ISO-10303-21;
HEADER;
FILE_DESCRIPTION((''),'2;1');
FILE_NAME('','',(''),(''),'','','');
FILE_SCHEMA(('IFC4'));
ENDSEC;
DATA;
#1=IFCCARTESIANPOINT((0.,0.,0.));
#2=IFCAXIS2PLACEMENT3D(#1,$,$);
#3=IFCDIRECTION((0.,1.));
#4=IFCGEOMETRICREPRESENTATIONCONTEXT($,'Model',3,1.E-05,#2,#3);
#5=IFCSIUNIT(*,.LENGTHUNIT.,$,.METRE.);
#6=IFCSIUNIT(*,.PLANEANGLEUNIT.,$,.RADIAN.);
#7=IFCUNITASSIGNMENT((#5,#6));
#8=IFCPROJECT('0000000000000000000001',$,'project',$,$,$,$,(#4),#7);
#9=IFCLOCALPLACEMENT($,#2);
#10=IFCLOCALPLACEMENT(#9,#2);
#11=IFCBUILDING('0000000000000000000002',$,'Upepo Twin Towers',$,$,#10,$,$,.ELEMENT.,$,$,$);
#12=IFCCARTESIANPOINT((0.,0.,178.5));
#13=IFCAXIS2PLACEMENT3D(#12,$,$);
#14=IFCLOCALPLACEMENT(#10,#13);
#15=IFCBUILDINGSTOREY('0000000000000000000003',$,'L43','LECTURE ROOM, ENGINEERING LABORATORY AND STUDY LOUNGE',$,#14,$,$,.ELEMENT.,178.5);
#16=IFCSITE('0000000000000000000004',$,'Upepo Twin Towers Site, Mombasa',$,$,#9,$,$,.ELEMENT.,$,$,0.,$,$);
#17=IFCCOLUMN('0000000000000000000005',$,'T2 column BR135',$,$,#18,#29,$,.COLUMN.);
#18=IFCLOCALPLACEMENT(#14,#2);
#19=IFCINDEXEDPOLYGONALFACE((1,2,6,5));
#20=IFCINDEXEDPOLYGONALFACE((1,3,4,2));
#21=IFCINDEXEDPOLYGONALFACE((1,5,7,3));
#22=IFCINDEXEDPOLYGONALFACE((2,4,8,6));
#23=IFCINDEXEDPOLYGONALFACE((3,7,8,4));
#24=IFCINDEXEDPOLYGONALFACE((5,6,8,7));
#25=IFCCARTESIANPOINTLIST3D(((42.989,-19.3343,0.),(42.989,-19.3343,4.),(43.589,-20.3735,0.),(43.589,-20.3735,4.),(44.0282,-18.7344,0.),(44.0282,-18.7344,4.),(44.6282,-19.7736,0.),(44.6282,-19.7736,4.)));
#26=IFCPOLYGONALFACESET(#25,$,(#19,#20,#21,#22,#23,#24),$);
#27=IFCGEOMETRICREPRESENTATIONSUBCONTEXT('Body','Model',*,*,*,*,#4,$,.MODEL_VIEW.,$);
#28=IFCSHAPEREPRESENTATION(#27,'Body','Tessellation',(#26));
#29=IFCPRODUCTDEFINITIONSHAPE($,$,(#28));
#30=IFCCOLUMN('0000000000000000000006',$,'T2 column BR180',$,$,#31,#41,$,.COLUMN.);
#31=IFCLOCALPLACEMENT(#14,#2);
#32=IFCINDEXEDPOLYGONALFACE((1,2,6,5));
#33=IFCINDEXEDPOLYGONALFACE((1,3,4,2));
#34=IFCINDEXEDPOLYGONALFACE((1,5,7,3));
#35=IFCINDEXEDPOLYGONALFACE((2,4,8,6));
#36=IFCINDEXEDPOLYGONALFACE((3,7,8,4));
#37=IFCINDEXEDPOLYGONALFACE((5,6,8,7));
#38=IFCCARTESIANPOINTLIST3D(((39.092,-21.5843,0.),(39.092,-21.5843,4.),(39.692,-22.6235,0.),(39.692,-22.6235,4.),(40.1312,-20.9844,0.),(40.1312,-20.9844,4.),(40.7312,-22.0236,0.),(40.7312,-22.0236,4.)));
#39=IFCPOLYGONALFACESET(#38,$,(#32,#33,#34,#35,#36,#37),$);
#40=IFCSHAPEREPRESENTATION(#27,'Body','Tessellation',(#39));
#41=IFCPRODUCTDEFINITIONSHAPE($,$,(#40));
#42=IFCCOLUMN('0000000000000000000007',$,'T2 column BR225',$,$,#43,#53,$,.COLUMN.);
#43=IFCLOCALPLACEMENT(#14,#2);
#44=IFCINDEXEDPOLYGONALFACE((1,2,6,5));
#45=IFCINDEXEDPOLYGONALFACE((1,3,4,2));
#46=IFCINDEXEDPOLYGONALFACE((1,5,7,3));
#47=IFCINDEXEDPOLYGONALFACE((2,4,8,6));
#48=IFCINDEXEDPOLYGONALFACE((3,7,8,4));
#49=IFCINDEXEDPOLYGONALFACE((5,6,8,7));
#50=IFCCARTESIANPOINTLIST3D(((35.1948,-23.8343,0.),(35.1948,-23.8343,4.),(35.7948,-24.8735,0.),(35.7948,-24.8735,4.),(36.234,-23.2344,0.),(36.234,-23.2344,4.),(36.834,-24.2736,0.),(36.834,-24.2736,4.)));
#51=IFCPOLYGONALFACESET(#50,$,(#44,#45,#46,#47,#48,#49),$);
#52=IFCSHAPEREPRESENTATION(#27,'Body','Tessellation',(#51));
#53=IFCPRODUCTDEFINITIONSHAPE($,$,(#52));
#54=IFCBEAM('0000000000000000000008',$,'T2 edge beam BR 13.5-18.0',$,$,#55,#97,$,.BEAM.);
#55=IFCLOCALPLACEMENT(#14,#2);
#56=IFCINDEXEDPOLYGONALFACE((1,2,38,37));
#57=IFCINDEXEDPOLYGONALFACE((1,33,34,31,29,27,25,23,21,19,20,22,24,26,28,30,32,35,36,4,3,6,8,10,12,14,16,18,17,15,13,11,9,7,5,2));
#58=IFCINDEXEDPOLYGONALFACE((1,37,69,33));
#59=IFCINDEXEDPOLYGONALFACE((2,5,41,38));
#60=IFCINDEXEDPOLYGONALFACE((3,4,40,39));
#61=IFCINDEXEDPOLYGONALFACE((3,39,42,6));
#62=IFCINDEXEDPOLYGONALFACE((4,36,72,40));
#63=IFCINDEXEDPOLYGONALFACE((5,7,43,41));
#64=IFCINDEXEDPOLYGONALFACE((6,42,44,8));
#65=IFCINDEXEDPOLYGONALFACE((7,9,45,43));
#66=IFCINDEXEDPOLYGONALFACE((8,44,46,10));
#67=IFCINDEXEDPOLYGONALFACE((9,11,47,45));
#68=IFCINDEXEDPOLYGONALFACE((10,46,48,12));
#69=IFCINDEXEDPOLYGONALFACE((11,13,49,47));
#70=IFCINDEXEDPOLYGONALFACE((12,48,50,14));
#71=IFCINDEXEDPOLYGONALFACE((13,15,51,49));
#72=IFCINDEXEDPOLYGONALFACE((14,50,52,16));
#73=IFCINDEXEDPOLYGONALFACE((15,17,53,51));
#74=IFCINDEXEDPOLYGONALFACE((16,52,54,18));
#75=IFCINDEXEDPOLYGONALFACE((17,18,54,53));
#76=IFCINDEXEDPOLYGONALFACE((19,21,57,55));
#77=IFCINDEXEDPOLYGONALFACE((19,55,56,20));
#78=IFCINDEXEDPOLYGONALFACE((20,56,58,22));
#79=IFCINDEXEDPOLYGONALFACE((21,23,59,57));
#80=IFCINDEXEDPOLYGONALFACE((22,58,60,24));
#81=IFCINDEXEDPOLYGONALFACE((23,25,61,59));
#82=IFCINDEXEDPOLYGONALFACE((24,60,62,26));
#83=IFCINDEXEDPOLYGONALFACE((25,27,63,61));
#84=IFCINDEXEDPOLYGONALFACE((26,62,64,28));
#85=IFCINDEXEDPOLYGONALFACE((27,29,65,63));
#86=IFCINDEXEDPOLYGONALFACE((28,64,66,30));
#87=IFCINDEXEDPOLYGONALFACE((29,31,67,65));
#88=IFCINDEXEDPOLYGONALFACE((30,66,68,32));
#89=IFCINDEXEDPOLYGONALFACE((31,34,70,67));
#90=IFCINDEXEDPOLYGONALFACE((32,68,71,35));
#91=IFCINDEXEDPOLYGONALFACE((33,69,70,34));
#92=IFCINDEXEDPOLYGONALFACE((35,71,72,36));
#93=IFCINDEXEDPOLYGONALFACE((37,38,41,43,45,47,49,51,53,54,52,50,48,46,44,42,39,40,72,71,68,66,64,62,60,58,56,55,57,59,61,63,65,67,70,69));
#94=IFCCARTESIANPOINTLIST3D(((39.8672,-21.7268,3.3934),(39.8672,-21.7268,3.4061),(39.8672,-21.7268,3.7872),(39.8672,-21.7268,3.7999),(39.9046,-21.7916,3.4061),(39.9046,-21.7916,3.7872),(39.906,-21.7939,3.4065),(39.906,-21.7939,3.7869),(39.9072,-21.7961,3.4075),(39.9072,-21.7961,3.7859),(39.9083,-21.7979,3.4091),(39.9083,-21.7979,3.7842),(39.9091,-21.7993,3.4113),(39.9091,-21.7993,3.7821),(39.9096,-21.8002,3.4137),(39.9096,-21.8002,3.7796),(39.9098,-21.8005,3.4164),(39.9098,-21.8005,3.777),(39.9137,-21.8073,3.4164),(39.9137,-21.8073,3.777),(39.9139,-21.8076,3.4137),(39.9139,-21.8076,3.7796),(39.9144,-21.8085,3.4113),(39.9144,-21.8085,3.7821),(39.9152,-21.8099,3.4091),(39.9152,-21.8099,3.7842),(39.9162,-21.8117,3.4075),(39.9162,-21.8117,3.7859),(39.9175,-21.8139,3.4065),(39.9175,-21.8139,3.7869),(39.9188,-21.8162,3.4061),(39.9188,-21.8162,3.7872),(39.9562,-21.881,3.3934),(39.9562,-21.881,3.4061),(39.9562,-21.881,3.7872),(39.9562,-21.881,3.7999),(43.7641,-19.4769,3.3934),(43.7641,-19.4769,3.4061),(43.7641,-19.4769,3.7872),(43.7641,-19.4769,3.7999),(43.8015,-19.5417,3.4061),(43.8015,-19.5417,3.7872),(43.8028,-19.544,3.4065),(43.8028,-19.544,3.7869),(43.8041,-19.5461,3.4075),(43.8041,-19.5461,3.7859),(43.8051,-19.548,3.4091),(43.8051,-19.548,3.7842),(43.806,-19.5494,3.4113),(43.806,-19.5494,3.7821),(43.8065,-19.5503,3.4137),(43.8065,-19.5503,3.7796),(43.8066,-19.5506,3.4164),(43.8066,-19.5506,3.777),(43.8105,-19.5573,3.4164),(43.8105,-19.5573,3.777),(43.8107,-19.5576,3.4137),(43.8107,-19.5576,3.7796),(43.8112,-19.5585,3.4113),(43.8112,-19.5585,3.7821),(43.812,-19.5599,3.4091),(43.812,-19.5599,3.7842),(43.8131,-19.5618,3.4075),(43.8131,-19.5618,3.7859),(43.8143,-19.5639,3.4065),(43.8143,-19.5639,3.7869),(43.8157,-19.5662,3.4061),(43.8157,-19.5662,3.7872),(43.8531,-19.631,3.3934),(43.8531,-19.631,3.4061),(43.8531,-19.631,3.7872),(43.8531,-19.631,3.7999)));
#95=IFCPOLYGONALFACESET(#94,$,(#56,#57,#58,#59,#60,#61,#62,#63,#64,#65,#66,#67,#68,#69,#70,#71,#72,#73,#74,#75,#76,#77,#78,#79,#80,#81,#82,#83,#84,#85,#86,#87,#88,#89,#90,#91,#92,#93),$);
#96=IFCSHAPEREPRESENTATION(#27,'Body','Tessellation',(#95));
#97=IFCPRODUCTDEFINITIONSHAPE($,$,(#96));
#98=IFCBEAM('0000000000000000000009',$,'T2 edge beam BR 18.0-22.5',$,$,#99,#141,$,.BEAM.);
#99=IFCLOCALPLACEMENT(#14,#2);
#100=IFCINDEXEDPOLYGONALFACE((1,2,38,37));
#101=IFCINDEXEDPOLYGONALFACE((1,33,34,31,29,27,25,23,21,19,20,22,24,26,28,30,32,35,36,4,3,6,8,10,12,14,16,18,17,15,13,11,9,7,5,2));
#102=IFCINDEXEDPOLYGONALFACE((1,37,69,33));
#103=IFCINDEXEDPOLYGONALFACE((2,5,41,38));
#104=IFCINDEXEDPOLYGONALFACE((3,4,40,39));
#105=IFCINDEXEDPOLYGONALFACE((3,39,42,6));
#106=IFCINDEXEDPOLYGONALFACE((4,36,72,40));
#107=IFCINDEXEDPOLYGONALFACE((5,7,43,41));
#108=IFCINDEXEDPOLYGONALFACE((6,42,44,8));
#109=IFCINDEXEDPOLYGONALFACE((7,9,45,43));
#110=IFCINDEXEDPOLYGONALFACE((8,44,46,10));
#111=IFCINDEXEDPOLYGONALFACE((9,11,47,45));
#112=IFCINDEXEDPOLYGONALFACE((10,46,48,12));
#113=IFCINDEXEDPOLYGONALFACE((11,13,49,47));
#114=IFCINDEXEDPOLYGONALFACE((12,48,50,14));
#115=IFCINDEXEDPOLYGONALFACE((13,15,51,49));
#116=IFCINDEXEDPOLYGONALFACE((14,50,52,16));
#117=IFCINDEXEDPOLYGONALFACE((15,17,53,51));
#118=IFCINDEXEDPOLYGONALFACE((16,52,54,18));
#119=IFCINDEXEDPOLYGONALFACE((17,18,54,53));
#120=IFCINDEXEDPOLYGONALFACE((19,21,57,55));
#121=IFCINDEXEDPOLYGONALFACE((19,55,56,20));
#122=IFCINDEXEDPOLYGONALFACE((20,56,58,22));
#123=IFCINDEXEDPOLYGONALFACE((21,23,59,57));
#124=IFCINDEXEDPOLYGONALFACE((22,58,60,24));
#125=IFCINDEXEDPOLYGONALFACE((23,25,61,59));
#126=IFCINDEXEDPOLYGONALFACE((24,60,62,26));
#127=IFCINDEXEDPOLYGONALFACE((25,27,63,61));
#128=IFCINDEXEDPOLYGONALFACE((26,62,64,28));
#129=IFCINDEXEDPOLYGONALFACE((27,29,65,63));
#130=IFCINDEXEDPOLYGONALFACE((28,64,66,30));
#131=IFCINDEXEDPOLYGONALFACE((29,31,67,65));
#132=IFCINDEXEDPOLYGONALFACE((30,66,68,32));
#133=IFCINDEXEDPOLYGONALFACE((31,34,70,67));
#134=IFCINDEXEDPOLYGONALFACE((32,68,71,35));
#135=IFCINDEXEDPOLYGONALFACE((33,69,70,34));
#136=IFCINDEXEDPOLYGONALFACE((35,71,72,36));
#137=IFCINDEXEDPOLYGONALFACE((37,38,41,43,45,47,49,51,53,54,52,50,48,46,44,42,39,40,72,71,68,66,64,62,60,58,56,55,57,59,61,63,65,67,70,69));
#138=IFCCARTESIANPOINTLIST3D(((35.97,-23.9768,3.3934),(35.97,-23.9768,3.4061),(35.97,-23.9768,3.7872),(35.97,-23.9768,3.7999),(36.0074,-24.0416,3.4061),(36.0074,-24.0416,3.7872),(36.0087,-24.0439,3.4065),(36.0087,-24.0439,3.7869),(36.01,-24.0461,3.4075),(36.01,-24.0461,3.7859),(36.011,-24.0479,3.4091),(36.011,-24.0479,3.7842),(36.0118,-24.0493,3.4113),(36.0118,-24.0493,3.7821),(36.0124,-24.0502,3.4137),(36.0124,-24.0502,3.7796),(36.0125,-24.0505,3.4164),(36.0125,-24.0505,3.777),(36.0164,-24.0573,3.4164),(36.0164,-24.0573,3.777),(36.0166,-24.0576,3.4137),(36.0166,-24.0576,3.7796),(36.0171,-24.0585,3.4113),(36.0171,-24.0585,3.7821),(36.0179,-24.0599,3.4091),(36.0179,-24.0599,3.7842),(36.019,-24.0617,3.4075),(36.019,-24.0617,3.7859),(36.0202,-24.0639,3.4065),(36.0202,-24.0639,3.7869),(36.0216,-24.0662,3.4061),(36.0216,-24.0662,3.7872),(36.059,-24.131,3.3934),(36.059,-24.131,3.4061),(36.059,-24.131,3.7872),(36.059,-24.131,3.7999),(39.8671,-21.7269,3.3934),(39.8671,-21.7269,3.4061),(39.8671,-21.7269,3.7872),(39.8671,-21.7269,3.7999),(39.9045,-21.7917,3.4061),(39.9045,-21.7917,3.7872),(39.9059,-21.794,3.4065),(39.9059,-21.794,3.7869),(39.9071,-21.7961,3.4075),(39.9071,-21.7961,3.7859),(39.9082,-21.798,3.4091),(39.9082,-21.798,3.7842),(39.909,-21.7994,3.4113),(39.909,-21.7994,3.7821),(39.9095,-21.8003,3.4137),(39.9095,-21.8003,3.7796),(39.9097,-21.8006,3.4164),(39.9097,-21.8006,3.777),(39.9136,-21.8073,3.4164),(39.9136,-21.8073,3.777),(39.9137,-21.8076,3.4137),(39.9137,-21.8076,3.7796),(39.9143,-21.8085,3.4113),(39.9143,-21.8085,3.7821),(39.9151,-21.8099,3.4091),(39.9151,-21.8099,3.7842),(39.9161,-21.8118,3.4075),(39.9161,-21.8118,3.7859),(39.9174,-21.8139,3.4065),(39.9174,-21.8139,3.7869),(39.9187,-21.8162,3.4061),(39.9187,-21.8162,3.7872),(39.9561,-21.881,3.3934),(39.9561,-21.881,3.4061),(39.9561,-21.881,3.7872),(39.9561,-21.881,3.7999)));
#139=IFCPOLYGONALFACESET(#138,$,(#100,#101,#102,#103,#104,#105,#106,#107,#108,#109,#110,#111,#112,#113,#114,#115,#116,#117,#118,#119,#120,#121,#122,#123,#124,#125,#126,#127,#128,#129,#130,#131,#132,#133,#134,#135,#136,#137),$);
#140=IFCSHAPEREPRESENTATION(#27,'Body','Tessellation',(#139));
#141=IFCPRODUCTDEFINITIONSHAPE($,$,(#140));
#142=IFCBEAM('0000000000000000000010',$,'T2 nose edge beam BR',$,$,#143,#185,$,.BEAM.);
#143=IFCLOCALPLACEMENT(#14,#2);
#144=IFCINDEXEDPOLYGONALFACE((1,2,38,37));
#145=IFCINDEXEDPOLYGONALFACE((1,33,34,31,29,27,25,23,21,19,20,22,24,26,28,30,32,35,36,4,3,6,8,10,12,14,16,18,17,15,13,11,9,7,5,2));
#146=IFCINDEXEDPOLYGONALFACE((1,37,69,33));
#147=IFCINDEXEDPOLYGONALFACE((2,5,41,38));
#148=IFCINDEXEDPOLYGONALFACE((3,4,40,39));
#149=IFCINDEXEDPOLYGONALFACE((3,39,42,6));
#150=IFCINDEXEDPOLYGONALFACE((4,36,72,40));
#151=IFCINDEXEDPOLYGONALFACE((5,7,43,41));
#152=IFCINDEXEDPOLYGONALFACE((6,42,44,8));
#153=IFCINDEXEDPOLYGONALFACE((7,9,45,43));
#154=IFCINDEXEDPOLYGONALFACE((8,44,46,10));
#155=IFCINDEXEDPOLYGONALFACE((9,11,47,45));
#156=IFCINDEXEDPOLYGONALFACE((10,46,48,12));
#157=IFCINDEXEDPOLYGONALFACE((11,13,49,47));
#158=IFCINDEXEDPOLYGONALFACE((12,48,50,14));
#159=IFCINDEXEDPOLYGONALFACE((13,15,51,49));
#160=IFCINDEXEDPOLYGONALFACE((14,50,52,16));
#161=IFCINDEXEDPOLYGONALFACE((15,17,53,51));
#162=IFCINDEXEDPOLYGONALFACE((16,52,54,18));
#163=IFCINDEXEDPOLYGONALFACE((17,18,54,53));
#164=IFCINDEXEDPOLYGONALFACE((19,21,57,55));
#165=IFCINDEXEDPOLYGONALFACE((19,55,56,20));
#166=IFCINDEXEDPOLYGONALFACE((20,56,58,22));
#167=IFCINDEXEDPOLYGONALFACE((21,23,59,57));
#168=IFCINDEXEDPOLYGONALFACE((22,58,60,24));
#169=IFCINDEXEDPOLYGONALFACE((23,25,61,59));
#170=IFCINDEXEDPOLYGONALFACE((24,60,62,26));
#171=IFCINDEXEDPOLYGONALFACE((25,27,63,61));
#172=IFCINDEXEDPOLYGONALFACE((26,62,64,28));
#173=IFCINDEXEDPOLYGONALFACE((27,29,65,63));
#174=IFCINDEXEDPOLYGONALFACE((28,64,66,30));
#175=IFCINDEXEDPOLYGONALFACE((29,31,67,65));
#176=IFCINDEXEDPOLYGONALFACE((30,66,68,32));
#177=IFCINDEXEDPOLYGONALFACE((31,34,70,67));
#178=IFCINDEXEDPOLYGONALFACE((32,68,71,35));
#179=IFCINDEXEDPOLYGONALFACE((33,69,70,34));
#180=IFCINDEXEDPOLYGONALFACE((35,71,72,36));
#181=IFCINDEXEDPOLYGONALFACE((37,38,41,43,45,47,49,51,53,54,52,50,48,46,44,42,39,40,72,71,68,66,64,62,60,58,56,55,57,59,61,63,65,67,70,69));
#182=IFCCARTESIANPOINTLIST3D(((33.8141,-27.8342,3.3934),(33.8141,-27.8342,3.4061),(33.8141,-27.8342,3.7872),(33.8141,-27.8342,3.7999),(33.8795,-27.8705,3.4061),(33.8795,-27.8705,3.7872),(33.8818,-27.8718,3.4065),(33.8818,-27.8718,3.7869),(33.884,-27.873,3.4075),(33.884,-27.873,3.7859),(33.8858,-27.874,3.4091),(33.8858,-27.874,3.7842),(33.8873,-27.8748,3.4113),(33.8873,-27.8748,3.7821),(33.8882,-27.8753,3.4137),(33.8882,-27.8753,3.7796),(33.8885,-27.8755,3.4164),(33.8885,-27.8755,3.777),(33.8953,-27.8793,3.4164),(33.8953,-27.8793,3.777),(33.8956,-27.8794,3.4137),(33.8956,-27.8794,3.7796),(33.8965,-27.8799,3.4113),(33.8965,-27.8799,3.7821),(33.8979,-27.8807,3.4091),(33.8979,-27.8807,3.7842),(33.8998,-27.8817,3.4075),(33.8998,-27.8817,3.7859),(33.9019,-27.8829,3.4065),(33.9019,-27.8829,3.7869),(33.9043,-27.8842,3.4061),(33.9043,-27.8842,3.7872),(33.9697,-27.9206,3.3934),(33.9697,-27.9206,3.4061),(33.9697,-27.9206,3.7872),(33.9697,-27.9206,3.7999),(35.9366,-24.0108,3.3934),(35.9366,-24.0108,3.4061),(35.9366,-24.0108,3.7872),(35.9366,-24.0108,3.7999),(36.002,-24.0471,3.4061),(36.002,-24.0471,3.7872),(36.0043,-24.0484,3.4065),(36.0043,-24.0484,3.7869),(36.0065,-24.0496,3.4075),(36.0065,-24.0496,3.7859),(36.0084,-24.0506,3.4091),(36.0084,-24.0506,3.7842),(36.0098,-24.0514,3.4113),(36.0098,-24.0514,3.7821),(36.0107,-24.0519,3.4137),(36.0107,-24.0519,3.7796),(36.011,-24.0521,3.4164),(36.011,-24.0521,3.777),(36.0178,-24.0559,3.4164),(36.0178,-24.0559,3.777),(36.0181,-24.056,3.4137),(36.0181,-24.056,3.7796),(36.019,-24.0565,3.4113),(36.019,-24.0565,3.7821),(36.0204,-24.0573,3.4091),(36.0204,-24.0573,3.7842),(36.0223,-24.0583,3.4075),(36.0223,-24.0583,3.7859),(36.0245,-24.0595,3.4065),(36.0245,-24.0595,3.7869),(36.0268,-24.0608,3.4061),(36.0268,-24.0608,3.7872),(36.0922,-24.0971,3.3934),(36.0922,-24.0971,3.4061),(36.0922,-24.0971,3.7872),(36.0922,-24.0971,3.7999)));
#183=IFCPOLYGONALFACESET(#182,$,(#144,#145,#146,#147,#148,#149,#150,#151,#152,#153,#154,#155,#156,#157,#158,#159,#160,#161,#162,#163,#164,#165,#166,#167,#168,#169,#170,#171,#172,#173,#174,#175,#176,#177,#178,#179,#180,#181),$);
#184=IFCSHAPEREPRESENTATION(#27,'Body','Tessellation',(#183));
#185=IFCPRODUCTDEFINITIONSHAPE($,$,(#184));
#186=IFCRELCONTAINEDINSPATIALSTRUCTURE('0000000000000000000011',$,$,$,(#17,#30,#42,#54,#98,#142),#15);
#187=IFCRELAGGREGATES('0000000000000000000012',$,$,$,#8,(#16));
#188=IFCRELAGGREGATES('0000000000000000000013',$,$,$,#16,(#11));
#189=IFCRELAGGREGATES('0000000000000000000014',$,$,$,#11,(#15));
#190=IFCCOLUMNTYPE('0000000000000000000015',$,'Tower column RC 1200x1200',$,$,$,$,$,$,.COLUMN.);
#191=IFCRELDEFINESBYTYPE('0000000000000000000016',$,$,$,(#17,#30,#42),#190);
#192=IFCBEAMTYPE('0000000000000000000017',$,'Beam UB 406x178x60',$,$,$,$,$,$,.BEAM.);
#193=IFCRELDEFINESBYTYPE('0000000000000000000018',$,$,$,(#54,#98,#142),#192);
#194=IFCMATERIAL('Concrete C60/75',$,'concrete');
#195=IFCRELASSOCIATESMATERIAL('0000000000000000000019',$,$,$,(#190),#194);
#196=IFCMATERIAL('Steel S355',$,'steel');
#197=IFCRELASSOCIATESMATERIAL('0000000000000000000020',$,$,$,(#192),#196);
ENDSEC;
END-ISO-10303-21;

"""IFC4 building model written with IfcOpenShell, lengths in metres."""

from ifc_helpers import new_model, si_unit, direction, frame, origin, origin_2d, place, context, subcontext, project, spatial, rectangle, i_section, extrude, material, material_profile, profile_set, type_object, element, save


model = new_model("IFC4")

# Units and contexts
model_context = context("Model", 3, precision=1e-05, world=origin(), true_north=direction((0.0, 1.0)))
body_context = subcontext(model_context, "Body", "Model", "MODEL_VIEW")
ifc_project = project(units=[si_unit("LENGTHUNIT", "METRE"), si_unit("PLANEANGLEUNIT", "RADIAN")], contexts=[model_context])

# Site, building, storey
site_placement = place(None, origin())
site = spatial("IfcSite", under=ifc_project, at=site_placement, Name="Upepo Twin Towers Site, Mombasa", CompositionType="ELEMENT", RefElevation=0.0)
building_placement = place(site_placement, origin())
building = spatial("IfcBuilding", under=site, at=building_placement, Name="Upepo Twin Towers", CompositionType="ELEMENT")
storey_placement = place(building_placement, frame((0.0, 0.0, 178.5)))
storey = spatial("IfcBuildingStorey", under=building, at=storey_placement, Name="L43", Description="LECTURE ROOM, ENGINEERING LABORATORY AND STUDY LOUNGE", CompositionType="ELEMENT", Elevation=178.5)

# Columns
ifc_material_1 = material(Name="Concrete C60/75", Category="concrete")
ifc_material_profile_1 = material_profile(ifc_material_1, rectangle(XDim=1.2, YDim=1.2, at=origin_2d()), Name="RC 1200x1200")
ifc_profile_set_1 = profile_set([ifc_material_profile_1], Name="Concrete C60/75")
column_type = type_object("IfcColumnType", Name="Tower column RC 1200x1200", PredefinedType="COLUMN", material=ifc_profile_set_1)
for number, where, z_axis, x_axis, name in (
    (1, (43.8086, -19.554, 0.0), (0.0, 0.0, 1.0), (0.866025, 0.5, 0.0), "T2 column BR135"),
    (2, (39.9116, -21.804, 0.0), (0.0, 0.0, 1.0), (0.866025, 0.5, 0.0), "T2 column BR180"),
    (3, (36.0144, -24.054, 0.0), (0.0, 0.0, 1.0), (0.866025, 0.5, 0.0), "T2 column BR225"),
):
    element("IfcColumn", number, at=place(storey_placement, frame(where, z_axis=z_axis, x_axis=x_axis)), inside=storey, type_object=column_type, Name=name, PredefinedType="COLUMN", context=body_context, shape_type="SweptSolid", body=[
        extrude(rectangle(XDim=1.2, YDim=1.2, at=origin_2d()), origin(), (0.0, 0.0, 1.0), 4.0),
    ])

# Beams
ifc_material_2 = material(Name="Steel S355", Category="steel")
ifc_material_profile_2 = material_profile(ifc_material_2, i_section(OverallWidth=0.178, OverallDepth=0.4065, WebThickness=0.0078, FlangeThickness=0.0127, FilletRadius=0.0103, at=origin_2d()), Name="UB 406x178x60")
ifc_profile_set_2 = profile_set([ifc_material_profile_2], Name="Steel S355")
beam_type_1 = type_object("IfcBeamType", Name="Beam UB 406x178x60", PredefinedType="BEAM", material=ifc_profile_set_2)
beam_1_placement = place(storey_placement, frame((43.8086, -19.554, 3.5967), z_axis=(-0.866018, -0.500014, 0.0), x_axis=(0.500014, -0.866018, 0.0)))
element("IfcBeam", 4, at=beam_1_placement, inside=storey, type_object=beam_type_1, Name="T2 edge beam BR 13.5-18.0", PredefinedType="BEAM", context=body_context, shape_type="SweptSolid", body=[
    extrude(i_section(OverallWidth=0.178, OverallDepth=0.4065, WebThickness=0.0078, FlangeThickness=0.0127, FilletRadius=0.0103, at=origin_2d()), origin(), (0.0, 0.0, 1.0), 4.4998),
])
beam_2_placement = place(storey_placement, frame((39.9116, -21.804, 3.5967), z_axis=(-0.866031, -0.49999, 0.0), x_axis=(0.49999, -0.866031, 0.0)))
element("IfcBeam", 5, at=beam_2_placement, inside=storey, type_object=beam_type_1, Name="T2 edge beam BR 18.0-22.5", PredefinedType="BEAM", context=body_context, shape_type="SweptSolid", body=[
    extrude(i_section(OverallWidth=0.178, OverallDepth=0.4065, WebThickness=0.0078, FlangeThickness=0.0127, FilletRadius=0.0103, at=origin_2d()), origin(), (0.0, 0.0, 1.0), 4.5),
])
beam_3_placement = place(storey_placement, frame((36.0144, -24.054, 3.5967), z_axis=(-0.485363, -0.874313, 0.0), x_axis=(0.874313, -0.485363, 0.0)))
element("IfcBeam", 6, at=beam_3_placement, inside=storey, type_object=beam_type_1, Name="T2 nose edge beam BR", PredefinedType="BEAM", context=body_context, shape_type="SweptSolid", body=[
    extrude(i_section(OverallWidth=0.178, OverallDepth=0.4065, WebThickness=0.0078, FlangeThickness=0.0127, FilletRadius=0.0103, at=origin_2d()), origin(), (0.0, 0.0, 1.0), 4.373),
])

save(model, "model.ifc")
